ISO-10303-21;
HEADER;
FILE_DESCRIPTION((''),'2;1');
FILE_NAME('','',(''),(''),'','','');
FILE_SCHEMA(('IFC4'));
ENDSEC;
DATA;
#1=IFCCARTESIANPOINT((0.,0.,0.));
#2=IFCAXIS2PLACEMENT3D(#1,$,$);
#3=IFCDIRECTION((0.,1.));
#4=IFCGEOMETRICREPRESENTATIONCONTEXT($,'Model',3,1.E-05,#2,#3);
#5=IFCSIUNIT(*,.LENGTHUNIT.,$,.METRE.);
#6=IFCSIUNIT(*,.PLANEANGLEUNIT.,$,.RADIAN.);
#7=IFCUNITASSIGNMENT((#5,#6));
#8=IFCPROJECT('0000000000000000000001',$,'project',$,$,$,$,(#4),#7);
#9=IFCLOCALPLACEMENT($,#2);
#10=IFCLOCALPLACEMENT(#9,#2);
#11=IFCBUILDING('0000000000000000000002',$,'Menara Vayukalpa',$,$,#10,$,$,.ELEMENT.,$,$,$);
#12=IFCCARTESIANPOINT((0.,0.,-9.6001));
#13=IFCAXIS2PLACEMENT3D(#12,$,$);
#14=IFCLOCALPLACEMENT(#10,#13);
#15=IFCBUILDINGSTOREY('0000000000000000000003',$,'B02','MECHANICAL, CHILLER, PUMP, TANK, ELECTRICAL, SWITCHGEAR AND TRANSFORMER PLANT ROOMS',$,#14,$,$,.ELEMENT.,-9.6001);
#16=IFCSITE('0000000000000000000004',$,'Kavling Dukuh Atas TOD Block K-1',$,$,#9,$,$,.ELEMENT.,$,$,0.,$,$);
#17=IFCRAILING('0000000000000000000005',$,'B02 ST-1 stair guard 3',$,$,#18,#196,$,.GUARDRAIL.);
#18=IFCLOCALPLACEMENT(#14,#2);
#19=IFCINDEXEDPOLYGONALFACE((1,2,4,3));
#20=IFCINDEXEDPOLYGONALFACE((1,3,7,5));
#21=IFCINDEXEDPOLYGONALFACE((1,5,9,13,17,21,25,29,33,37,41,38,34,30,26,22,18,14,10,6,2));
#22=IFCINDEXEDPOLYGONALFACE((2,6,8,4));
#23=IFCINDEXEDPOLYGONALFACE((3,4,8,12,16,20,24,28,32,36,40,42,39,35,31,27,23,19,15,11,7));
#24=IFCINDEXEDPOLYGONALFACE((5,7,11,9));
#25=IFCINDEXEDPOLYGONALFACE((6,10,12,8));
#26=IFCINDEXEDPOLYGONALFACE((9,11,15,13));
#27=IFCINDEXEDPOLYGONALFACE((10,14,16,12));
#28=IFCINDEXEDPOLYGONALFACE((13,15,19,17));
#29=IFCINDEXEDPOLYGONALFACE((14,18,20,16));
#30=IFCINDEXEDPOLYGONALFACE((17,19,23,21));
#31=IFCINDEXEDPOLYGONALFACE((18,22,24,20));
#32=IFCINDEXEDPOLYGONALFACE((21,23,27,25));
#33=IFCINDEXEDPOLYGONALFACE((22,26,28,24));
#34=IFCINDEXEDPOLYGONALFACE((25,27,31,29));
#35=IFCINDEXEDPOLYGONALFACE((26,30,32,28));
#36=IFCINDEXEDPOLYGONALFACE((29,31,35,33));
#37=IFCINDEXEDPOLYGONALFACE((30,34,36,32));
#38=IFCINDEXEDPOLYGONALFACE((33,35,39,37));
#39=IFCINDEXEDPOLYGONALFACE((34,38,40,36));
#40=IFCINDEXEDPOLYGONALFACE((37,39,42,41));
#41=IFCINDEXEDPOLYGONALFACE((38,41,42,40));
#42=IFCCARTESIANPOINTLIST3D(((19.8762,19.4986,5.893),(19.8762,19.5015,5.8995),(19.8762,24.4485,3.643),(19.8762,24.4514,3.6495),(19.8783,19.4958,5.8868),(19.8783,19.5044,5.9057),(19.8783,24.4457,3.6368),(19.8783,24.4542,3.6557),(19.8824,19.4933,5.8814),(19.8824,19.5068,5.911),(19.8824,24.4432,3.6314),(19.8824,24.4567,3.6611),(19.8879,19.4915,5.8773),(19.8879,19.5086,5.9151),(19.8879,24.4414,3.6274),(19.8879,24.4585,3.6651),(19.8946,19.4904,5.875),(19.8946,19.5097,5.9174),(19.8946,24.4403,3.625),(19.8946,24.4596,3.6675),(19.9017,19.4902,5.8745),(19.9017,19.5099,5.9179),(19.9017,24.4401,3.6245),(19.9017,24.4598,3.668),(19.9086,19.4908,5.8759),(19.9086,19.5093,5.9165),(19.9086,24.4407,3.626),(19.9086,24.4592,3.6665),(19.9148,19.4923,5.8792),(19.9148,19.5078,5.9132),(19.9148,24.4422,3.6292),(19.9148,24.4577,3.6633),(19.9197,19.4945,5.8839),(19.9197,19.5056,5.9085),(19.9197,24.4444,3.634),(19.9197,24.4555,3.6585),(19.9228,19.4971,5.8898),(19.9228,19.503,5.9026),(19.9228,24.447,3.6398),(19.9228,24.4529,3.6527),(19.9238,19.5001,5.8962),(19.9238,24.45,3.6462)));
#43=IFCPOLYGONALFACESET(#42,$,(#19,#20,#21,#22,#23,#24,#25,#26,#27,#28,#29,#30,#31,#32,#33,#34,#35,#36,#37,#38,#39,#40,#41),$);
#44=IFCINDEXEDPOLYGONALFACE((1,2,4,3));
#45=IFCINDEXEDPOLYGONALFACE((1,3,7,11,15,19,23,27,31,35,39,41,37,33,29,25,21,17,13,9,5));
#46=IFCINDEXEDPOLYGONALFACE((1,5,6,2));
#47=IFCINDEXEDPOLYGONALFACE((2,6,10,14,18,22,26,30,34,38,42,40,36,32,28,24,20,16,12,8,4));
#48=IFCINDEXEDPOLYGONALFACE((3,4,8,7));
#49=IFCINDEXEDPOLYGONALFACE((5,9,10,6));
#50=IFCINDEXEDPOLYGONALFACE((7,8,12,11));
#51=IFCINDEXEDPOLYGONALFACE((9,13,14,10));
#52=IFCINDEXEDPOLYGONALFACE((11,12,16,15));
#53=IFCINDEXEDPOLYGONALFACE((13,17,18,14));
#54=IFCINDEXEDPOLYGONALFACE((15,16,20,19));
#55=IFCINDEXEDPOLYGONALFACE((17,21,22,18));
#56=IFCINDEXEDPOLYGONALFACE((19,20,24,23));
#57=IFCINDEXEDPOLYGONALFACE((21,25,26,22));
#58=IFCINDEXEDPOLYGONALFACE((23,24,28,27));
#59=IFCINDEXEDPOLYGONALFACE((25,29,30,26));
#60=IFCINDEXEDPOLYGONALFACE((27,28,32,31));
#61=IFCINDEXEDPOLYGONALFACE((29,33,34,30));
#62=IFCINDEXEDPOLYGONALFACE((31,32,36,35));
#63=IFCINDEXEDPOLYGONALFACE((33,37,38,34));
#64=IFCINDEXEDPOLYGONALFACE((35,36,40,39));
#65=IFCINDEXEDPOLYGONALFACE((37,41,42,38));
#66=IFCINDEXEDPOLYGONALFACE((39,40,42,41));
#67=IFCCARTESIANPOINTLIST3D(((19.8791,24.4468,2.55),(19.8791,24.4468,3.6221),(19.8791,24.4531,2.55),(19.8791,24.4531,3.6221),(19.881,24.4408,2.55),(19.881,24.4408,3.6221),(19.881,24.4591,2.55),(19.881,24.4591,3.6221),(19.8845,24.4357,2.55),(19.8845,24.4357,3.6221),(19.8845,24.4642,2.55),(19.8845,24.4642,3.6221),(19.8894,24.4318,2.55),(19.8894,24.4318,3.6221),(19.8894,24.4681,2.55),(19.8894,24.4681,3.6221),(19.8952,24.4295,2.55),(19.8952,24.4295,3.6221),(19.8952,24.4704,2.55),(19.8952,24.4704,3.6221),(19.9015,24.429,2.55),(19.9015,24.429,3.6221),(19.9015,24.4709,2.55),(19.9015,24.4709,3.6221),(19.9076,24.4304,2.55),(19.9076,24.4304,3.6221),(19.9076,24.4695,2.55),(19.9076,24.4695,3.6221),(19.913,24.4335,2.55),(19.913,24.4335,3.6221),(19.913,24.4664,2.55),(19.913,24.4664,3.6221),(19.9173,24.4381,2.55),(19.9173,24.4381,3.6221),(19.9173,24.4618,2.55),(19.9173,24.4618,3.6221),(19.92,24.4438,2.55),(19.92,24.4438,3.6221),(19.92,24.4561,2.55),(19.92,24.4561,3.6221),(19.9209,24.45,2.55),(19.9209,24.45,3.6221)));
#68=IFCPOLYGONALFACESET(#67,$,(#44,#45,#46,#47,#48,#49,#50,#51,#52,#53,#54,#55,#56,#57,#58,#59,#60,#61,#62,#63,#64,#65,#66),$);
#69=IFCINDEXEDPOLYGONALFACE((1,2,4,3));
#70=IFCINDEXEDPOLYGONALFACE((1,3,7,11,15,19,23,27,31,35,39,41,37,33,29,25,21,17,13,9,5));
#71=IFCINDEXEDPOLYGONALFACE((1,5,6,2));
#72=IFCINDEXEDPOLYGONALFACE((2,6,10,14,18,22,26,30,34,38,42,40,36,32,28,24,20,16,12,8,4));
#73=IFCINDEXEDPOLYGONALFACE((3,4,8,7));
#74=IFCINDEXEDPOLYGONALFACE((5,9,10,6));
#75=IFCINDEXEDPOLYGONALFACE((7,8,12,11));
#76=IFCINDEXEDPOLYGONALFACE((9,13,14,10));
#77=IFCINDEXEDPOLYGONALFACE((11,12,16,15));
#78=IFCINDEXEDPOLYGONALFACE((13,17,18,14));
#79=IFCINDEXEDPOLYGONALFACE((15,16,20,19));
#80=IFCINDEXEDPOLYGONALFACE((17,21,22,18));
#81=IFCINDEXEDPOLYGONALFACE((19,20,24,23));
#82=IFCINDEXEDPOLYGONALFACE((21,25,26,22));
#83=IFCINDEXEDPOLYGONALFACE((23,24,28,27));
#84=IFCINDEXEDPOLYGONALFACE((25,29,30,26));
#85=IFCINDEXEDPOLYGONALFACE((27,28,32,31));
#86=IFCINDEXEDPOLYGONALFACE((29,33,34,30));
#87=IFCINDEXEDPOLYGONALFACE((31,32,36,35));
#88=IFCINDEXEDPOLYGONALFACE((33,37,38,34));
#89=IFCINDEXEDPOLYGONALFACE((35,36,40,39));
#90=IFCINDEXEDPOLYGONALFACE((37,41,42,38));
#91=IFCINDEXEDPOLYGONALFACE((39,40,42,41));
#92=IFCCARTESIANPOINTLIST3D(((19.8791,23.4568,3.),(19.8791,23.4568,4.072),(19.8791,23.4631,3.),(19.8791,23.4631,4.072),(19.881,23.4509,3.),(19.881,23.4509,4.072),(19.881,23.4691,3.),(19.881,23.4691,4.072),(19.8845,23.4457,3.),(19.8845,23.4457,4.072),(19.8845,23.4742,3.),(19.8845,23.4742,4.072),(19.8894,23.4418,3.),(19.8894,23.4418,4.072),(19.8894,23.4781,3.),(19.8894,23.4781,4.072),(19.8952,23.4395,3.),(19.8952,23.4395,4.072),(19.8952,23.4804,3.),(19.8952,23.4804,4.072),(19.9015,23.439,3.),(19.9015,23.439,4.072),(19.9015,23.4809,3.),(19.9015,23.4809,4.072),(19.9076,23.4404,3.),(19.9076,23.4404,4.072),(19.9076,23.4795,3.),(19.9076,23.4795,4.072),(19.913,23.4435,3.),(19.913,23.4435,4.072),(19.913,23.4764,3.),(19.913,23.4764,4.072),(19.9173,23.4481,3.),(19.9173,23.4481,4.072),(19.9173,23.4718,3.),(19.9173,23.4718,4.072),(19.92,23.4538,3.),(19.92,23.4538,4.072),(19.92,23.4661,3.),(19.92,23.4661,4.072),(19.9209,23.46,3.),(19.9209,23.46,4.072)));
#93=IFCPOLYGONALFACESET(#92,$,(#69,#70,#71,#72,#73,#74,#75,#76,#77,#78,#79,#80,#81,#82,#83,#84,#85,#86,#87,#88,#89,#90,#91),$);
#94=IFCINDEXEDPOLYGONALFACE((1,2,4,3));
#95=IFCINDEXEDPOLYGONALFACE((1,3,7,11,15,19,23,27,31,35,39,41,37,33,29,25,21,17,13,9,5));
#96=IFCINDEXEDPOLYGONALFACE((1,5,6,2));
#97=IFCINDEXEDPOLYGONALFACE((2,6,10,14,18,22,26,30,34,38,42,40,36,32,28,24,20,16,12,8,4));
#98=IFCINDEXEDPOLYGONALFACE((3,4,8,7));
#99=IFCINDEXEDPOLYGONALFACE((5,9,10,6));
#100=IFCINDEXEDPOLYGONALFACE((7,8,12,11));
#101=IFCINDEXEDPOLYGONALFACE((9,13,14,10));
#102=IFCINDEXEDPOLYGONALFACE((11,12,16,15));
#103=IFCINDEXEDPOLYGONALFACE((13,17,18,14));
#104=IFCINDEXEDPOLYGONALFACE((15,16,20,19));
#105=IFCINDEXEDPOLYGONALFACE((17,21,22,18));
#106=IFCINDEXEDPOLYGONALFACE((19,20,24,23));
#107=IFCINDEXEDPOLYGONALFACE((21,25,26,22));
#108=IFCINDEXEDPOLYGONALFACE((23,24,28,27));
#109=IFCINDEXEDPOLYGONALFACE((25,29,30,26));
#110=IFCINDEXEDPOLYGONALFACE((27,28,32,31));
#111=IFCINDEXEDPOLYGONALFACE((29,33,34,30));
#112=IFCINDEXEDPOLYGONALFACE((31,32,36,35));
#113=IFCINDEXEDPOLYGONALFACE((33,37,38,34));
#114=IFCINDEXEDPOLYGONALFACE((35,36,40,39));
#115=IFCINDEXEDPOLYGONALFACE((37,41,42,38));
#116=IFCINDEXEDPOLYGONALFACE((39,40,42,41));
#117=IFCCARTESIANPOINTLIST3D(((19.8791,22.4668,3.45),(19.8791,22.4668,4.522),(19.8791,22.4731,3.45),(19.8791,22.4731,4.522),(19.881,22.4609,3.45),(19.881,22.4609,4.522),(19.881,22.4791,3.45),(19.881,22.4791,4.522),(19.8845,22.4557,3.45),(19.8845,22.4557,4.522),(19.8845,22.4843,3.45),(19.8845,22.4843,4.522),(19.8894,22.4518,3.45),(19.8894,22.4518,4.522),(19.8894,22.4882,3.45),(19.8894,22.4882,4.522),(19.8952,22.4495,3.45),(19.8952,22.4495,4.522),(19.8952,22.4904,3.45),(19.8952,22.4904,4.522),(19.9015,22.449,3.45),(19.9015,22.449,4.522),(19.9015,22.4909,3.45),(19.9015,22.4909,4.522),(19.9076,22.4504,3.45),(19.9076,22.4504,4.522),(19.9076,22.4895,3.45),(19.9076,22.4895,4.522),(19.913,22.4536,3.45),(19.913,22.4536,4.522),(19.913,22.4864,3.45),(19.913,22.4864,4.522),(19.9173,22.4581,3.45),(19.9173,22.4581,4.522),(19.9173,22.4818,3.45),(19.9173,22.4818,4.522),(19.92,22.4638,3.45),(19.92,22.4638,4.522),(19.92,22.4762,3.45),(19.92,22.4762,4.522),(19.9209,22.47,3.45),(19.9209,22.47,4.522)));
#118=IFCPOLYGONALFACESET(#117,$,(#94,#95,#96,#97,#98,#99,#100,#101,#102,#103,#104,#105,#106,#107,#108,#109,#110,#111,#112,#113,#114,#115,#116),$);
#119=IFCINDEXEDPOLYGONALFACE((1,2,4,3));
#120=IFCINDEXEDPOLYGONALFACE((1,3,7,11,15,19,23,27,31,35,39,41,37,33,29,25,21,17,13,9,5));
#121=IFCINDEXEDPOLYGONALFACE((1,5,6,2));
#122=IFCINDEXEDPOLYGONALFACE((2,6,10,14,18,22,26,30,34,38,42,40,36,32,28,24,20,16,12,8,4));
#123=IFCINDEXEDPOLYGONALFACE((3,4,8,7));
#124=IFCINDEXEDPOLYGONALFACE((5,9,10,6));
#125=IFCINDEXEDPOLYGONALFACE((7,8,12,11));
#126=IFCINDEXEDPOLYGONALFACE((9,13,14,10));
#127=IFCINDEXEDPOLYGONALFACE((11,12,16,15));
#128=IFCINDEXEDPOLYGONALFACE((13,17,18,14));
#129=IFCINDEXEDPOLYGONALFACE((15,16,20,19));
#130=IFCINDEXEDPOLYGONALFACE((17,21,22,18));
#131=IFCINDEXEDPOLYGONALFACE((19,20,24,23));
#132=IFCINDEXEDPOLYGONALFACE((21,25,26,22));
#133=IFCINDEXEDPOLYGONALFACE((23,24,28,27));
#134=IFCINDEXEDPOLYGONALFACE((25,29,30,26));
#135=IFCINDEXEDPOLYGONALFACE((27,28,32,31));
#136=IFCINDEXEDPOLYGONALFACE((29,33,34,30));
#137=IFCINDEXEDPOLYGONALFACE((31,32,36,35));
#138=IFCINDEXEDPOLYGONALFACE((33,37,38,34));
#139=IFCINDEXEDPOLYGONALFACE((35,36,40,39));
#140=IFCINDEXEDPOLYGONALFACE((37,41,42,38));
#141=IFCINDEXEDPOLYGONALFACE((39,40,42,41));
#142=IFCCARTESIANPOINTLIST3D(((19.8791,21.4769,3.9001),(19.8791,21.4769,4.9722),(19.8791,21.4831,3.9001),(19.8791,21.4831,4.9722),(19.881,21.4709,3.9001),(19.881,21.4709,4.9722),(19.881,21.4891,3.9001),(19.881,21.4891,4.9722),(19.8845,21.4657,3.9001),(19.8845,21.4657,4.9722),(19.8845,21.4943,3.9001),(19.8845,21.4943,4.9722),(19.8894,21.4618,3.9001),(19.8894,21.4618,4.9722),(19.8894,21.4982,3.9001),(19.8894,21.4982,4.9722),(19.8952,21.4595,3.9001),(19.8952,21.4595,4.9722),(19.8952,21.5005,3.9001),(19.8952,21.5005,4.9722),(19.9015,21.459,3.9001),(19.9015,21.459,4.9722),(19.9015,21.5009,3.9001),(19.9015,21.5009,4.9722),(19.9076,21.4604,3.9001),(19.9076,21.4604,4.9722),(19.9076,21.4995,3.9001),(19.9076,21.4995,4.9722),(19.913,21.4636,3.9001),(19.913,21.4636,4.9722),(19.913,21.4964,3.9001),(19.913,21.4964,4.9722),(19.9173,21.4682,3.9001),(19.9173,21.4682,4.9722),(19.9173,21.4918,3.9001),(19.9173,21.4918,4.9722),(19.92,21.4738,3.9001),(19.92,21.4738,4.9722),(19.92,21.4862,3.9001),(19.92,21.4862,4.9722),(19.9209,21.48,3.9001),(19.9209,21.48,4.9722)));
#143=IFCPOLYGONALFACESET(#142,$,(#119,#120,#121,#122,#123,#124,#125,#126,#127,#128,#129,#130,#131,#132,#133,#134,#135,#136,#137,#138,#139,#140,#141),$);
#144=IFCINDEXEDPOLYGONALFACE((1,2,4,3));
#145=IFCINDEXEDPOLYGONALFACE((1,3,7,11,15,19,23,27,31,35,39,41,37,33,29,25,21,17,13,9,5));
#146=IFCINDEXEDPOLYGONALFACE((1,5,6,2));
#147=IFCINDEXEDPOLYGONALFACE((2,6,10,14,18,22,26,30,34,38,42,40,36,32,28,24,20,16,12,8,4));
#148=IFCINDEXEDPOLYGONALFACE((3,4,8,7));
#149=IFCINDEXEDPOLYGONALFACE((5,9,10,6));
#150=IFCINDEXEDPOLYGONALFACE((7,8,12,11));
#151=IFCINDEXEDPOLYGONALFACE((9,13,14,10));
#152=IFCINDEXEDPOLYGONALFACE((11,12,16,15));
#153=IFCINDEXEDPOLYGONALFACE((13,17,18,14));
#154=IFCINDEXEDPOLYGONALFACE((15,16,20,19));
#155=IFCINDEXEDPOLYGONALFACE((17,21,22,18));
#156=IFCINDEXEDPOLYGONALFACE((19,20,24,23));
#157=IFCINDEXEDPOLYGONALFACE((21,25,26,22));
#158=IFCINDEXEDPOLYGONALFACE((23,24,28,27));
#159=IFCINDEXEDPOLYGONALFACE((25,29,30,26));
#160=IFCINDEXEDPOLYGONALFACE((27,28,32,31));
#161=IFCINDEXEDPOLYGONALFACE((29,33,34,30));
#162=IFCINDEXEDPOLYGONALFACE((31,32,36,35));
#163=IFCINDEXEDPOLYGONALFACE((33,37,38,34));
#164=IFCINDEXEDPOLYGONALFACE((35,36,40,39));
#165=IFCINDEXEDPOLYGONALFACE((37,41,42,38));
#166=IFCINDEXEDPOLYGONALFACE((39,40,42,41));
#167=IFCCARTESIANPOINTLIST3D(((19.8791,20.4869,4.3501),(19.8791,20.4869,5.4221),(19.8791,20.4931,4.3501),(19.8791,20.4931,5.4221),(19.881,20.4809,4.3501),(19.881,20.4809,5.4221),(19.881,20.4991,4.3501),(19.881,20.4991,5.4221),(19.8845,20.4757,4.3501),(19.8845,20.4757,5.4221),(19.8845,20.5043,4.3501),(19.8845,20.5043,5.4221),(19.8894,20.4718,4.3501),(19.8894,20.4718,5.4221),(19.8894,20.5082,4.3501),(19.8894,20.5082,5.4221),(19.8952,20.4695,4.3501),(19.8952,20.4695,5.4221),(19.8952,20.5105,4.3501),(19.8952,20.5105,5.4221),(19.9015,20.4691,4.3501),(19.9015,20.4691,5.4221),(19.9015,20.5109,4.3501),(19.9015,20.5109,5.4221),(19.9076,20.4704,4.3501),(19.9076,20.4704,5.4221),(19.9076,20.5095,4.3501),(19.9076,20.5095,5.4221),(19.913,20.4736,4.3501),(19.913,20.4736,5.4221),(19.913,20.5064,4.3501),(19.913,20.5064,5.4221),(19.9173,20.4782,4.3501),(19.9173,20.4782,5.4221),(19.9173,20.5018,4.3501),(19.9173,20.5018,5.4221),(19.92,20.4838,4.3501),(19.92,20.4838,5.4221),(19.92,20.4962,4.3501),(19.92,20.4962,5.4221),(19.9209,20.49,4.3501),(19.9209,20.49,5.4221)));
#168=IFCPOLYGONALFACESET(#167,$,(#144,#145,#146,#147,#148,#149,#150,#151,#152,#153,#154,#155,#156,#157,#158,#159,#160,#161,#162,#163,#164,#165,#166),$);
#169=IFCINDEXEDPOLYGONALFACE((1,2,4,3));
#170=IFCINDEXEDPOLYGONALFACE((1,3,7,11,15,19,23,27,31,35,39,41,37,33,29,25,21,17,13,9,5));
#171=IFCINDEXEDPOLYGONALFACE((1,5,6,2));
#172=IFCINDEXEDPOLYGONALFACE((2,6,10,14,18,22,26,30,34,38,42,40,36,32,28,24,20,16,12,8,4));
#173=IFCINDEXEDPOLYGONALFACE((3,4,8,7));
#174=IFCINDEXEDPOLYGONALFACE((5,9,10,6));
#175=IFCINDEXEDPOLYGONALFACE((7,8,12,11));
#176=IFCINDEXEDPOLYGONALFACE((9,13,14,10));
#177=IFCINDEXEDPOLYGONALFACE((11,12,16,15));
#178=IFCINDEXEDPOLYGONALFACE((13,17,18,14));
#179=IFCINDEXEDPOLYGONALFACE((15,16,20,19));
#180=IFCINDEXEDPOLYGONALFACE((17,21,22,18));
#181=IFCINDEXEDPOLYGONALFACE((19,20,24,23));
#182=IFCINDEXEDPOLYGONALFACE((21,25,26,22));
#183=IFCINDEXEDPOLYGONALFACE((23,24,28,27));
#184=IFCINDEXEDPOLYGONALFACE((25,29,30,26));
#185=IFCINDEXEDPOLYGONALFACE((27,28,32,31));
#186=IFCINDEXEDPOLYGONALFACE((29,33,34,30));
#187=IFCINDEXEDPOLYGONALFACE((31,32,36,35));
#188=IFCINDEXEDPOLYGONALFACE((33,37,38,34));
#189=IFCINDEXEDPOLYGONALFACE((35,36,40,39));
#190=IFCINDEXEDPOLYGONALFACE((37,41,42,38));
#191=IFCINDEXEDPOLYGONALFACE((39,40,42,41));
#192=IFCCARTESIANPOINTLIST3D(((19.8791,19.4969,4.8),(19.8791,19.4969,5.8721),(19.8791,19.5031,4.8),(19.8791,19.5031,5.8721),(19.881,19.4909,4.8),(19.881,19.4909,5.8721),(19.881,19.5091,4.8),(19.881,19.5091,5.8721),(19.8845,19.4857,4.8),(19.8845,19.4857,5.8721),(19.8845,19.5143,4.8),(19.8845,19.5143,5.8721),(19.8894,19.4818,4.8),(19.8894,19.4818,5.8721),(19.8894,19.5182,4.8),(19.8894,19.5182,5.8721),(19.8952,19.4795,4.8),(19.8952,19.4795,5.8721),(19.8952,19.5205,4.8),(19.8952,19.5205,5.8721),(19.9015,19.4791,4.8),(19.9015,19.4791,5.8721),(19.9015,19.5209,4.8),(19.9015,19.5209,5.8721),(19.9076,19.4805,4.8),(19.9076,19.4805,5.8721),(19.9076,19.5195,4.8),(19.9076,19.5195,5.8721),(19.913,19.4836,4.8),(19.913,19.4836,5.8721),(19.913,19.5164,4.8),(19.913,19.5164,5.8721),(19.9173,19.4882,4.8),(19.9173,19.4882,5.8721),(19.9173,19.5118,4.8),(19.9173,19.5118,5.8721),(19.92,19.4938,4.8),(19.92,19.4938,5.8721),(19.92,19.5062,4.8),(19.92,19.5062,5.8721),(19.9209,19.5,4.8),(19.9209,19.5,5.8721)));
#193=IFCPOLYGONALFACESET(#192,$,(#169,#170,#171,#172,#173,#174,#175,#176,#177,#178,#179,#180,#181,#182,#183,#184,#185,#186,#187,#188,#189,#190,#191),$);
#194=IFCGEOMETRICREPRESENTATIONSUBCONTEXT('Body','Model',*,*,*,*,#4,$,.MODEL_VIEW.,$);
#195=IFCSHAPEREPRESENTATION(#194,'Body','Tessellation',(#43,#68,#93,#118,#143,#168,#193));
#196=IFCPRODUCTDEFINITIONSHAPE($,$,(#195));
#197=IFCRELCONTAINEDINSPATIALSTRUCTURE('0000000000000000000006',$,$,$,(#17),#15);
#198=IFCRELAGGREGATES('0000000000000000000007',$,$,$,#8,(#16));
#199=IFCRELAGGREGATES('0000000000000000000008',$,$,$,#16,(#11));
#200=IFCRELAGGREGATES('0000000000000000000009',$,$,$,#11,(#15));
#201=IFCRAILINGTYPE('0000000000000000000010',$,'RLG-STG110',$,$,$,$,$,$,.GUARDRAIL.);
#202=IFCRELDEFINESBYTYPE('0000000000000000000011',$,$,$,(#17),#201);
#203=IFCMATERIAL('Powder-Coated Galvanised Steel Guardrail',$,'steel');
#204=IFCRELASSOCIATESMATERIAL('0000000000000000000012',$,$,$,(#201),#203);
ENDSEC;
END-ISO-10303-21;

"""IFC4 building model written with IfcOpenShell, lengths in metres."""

from ifc_helpers import new_model, si_unit, direction, frame, origin, origin_2d, place, context, subcontext, project, spatial, circle, extrude, material, type_object, element, save


model = new_model("IFC4")

# Units and contexts
model_context = context("Model", 3, precision=1e-05, world=origin(), true_north=direction((0.0, 1.0)))
body_context = subcontext(model_context, "Body", "Model", "MODEL_VIEW")
ifc_project = project(units=[si_unit("LENGTHUNIT", "METRE"), si_unit("PLANEANGLEUNIT", "RADIAN")], contexts=[model_context])

# Site, building, storey
site_placement = place(None, origin())
site = spatial("IfcSite", under=ifc_project, at=site_placement, Name="Kavling Dukuh Atas TOD Block K-1", CompositionType="ELEMENT", RefElevation=0.0)
building_placement = place(site_placement, origin())
building = spatial("IfcBuilding", under=site, at=building_placement, Name="Menara Vayukalpa", CompositionType="ELEMENT")
storey_placement = place(building_placement, frame((0.0, 0.0, -9.6001)))
storey = spatial("IfcBuildingStorey", under=building, at=storey_placement, Name="B02", Description="MECHANICAL, CHILLER, PUMP, TANK, ELECTRICAL, SWITCHGEAR AND TRANSFORMER PLANT ROOMS", CompositionType="ELEMENT", Elevation=-9.6001)

# Railing
ifc_material_1 = material(Name="Powder-Coated Galvanised Steel Guardrail", Category="steel")
railing_type_1 = type_object("IfcRailingType", Name="RLG-STG110", PredefinedType="GUARDRAIL", material=ifc_material_1)
railing_1_placement = place(storey_placement, frame((19.8999, 24.45, 2.55)))
element("IfcRailing", 1, at=railing_1_placement, inside=storey, type_object=railing_type_1, Name="B02 ST-1 stair guard 3", PredefinedType="GUARDRAIL", context=body_context, shape_type="SweptSolid", body=[
    extrude(circle(Radius=0.0239, at=origin_2d()), frame((0.0, 0.0, 1.0962), z_axis=(0.0, -0.910365, 0.413806), x_axis=(1.0, 0.0, 0.0)), (0.0, 0.0, 1.0), 5.4373),
    extrude(circle(Radius=0.021, at=origin_2d()), origin(), (0.0, 0.0, 1.0), 1.072),
    extrude(circle(Radius=0.021, at=origin_2d()), frame((0.0, -0.99, 0.45)), (0.0, 0.0, 1.0), 1.072),
    extrude(circle(Radius=0.021, at=origin_2d()), frame((0.0, -1.98, 0.8999)), (0.0, 0.0, 1.0), 1.072),
    extrude(circle(Radius=0.021, at=origin_2d()), frame((0.0, -2.97, 1.3501)), (0.0, 0.0, 1.0), 1.072),
    extrude(circle(Radius=0.021, at=origin_2d()), frame((0.0, -3.96, 1.8)), (0.0, 0.0, 1.0), 1.072),
    extrude(circle(Radius=0.021, at=origin_2d()), frame((0.0, -4.95, 2.25)), (0.0, 0.0, 1.0), 1.072),
])

save(model, "model.ifc")
